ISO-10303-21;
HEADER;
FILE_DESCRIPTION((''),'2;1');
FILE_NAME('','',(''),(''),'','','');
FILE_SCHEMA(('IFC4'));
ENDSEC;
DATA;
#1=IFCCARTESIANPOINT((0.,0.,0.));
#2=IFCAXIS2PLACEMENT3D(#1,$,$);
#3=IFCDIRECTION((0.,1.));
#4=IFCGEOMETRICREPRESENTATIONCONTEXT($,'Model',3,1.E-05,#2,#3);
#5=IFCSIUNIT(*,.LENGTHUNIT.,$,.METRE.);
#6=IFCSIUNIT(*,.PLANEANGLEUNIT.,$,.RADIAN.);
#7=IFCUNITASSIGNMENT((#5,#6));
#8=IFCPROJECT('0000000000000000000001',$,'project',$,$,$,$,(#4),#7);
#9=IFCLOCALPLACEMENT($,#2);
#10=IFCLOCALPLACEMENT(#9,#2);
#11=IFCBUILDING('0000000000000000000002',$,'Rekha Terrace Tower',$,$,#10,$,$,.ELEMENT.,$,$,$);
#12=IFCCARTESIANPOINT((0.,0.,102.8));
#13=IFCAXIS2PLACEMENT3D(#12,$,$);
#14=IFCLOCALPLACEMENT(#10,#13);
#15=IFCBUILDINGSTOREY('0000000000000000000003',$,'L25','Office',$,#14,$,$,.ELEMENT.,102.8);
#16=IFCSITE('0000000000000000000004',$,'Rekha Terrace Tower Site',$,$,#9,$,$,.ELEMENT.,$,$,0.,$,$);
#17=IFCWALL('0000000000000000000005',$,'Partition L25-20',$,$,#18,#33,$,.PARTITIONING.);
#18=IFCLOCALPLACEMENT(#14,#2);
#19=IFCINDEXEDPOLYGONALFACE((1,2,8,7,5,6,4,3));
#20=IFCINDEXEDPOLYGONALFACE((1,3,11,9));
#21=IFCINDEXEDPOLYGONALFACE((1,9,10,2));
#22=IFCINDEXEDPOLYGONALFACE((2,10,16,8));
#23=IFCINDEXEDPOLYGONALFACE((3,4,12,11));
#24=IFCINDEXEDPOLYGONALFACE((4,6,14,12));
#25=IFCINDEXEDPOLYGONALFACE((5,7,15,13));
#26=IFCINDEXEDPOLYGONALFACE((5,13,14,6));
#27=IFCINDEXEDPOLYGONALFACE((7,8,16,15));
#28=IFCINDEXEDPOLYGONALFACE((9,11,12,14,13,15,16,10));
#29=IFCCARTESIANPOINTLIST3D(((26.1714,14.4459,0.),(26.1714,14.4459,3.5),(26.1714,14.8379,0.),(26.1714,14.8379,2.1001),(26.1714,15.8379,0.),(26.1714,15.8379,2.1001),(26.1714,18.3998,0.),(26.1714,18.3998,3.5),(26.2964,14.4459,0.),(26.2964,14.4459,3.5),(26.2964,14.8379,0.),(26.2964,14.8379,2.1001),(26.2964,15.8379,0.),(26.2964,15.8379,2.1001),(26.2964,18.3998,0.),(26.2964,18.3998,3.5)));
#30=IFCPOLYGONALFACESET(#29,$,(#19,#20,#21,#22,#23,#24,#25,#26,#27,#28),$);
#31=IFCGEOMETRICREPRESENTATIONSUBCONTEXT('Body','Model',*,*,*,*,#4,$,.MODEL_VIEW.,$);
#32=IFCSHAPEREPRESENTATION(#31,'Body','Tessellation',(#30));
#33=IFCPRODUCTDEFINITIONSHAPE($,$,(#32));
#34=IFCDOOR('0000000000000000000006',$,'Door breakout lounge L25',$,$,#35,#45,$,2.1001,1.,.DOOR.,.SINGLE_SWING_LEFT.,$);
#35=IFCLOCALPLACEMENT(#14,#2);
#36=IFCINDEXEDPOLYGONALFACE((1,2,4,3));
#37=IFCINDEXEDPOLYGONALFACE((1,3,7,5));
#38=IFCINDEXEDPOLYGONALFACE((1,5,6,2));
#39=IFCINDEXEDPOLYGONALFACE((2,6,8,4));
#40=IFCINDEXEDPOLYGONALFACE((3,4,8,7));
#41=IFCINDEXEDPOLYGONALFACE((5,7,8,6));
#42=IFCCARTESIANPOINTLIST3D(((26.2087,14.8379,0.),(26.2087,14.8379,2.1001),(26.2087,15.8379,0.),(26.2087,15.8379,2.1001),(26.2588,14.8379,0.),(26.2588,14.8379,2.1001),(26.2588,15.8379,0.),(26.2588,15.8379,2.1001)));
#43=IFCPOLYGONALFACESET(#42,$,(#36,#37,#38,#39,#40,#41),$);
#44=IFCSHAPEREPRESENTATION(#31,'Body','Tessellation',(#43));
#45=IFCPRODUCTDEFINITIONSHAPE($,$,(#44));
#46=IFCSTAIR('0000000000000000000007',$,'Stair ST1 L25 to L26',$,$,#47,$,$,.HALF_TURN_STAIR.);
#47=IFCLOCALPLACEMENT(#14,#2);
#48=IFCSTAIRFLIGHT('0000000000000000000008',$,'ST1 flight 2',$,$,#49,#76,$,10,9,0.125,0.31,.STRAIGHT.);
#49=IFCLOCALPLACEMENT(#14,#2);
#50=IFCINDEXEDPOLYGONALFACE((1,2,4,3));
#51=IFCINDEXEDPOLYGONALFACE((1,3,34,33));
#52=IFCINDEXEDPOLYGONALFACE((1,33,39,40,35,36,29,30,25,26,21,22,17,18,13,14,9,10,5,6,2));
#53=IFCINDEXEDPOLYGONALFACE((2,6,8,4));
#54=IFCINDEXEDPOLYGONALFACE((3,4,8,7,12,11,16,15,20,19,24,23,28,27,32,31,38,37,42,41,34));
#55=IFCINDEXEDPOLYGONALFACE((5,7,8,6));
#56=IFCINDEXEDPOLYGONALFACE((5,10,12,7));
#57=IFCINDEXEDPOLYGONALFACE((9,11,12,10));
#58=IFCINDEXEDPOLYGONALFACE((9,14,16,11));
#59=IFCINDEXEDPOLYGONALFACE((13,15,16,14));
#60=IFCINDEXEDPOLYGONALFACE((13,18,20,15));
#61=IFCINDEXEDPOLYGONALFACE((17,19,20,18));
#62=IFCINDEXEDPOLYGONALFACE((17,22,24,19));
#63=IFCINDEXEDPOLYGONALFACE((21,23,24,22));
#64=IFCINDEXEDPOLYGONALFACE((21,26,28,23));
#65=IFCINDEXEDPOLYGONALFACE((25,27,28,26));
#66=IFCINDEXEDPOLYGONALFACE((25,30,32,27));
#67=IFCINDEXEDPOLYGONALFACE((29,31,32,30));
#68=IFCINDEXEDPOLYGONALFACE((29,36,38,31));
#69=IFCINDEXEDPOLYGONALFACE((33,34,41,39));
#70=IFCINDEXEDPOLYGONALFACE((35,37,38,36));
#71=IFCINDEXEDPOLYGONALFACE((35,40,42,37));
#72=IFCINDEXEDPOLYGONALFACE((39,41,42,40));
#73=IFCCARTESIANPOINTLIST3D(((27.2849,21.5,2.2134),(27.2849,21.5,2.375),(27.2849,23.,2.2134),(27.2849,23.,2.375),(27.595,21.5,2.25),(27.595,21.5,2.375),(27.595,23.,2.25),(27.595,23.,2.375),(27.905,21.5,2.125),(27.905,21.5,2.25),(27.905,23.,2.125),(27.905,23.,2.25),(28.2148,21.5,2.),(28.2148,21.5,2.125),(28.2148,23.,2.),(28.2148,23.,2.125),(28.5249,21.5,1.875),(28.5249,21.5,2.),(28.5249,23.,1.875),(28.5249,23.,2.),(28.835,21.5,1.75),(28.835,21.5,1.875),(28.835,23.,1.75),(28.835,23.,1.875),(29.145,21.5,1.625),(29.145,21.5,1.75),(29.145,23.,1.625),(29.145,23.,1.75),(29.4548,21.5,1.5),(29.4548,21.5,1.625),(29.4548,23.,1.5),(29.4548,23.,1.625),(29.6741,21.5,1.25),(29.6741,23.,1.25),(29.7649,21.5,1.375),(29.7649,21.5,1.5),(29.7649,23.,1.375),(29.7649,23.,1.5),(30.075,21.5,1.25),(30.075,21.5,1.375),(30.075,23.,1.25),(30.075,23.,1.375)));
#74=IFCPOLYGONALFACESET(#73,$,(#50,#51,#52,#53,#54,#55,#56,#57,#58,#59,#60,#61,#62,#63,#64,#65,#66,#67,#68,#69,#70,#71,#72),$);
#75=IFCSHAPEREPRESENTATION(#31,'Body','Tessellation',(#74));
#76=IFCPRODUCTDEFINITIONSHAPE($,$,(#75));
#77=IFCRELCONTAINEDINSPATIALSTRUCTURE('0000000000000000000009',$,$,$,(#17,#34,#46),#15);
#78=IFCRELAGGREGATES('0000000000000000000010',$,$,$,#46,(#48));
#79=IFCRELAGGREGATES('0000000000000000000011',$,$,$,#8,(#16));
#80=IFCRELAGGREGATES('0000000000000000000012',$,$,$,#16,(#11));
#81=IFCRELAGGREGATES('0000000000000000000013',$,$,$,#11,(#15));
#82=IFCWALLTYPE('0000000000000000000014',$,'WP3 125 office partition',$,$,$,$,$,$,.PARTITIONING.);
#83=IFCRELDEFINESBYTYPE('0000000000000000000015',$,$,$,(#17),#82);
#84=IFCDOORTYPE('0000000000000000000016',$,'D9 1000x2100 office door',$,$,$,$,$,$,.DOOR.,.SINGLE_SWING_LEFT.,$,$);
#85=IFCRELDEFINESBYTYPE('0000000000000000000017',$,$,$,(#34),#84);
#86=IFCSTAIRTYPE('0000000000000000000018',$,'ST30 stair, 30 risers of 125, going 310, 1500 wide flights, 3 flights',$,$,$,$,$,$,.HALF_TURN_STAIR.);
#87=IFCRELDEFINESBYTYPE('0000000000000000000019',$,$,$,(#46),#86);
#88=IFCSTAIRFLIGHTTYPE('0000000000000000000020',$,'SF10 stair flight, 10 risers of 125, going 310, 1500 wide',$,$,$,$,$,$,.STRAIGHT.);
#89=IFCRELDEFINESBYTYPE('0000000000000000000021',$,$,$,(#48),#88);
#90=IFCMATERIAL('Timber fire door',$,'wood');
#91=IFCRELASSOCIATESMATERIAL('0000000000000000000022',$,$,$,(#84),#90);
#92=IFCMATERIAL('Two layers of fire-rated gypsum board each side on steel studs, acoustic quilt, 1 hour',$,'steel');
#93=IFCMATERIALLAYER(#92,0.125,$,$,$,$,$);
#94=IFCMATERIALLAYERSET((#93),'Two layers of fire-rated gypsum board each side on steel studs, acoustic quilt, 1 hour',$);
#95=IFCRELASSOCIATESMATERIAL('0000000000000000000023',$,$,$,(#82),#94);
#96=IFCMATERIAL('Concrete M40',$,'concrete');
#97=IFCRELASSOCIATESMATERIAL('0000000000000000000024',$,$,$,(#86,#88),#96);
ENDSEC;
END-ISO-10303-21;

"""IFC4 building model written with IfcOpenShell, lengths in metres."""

from ifc_helpers import new_model, si_unit, direction, frame, frame_2d, origin, place, context, subcontext, project, spatial, polyline, rectangle, outline, extrude, material, layer, layer_set, type_object, element, fill, aggregate, save


model = new_model("IFC4")

# Units and contexts
model_context = context("Model", 3, precision=1e-05, world=origin(), true_north=direction((0.0, 1.0)))
body_context = subcontext(model_context, "Body", "Model", "MODEL_VIEW")
ifc_project = project(units=[si_unit("LENGTHUNIT", "METRE"), si_unit("PLANEANGLEUNIT", "RADIAN")], contexts=[model_context])

# Site, building, storey
site_placement = place(None, origin())
site = spatial("IfcSite", under=ifc_project, at=site_placement, Name="Rekha Terrace Tower Site", CompositionType="ELEMENT", RefElevation=0.0)
building_placement = place(site_placement, origin())
building = spatial("IfcBuilding", under=site, at=building_placement, Name="Rekha Terrace Tower", CompositionType="ELEMENT")
storey_placement = place(building_placement, frame((0.0, 0.0, 102.8)))
storey = spatial("IfcBuildingStorey", under=building, at=storey_placement, Name="L25", Description="Office", CompositionType="ELEMENT", Elevation=102.8)

# Wall, opening, door
ifc_material_1 = material(Name="Timber fire door", Category="wood")
door_type_1 = type_object("IfcDoorType", Name="D9 1000x2100 office door", OperationType="SINGLE_SWING_LEFT", PredefinedType="DOOR", material=ifc_material_1)
ifc_material_2 = material(Name="Two layers of fire-rated gypsum board each side on steel studs, acoustic quilt, 1 hour", Category="steel")
ifc_layer_1 = layer(ifc_material_2, 0.125)
ifc_layer_set_1 = layer_set([ifc_layer_1], Name="Two layers of fire-rated gypsum board each side on steel studs, acoustic quilt, 1 hour")
wall_type_1 = type_object("IfcWallType", Name="WP3 125 office partition", PredefinedType="PARTITIONING", material=ifc_layer_set_1)
wall_1_placement = place(storey_placement, frame((26.2339, 18.3999, 0.0), z_axis=(0.0, 0.0, 1.0), x_axis=(0.0, -1.0, 0.0)))
wall_1 = element("IfcWall", 1, at=wall_1_placement, inside=storey, type_object=wall_type_1, Name="Partition L25-20", PredefinedType="PARTITIONING", context=body_context, shape_type="SweptSolid", body=[
    extrude(rectangle(XDim=3.9539, YDim=0.125, at=frame_2d((1.9771, 0.0))), origin(), (0.0, 0.0, 1.0), 3.5),
])
opening_1_placement = place(wall_1_placement, frame((2.562, 0.0, 0.0)))
opening_1 = element("IfcOpeningElement", 2, at=opening_1_placement, cuts=wall_1, PredefinedType="OPENING", context=body_context, shape_type="SweptSolid", body=[
    extrude(rectangle(XDim=1.0, YDim=2.1001, at=frame_2d((0.5, 1.05))), frame((0.0, 0.0725, 0.0), z_axis=(0.0, -1.0, 0.0), x_axis=(1.0, 0.0, 0.0)), (0.0, 0.0, 1.0), 0.145),
])
door_1_placement = place(opening_1_placement, origin())
door_1 = element("IfcDoor", 3, at=door_1_placement, inside=storey, type_object=door_type_1, Name="Door breakout lounge L25", OperationType="SINGLE_SWING_LEFT", OverallHeight=2.1001, OverallWidth=1.0, PredefinedType="DOOR", context=body_context, shape_type="SweptSolid", body=[
    extrude(rectangle(XDim=1.0, YDim=2.1001, at=frame_2d((0.5, 1.05))), frame((0.0, 0.0249, 0.0), z_axis=(0.0, -1.0, 0.0), x_axis=(1.0, 0.0, 0.0)), (0.0, 0.0, 1.0), 0.05),
])
fill(opening_1, door_1)

# Stair, stair flight
ifc_material_3 = material(Name="Concrete M40", Category="concrete")
stair_type = type_object("IfcStairType", Name="ST30 stair, 30 risers of 125, going 310, 1500 wide flights, 3 flights", PredefinedType="HALF_TURN_STAIR", material=ifc_material_3)
stair_placement = place(storey_placement, origin())
stair = element("IfcStair", 4, at=stair_placement, inside=storey, type_object=stair_type, Name="Stair ST1 L25 to L26", PredefinedType="HALF_TURN_STAIR")
stair_flight_type = type_object("IfcStairFlightType", Name="SF10 stair flight, 10 risers of 125, going 310, 1500 wide", PredefinedType="STRAIGHT", material=ifc_material_3)
stair_flight_placement = place(storey_placement, frame((30.075, 22.25, 1.25), z_axis=(0.0, 0.0, 1.0), x_axis=(-1.0, 0.0, 0.0)))
stair_flight = element("IfcStairFlight", 5, at=stair_flight_placement, type_object=stair_flight_type, Name="ST1 flight 2", NumberOfRisers=10, NumberOfTreads=9, PredefinedType="STRAIGHT", RiserHeight=0.125, TreadLength=0.31, context=body_context, shape_type="SweptSolid", body=[
    extrude(outline(polyline([(0.0, 0.0), (0.0, 0.125), (0.3101, 0.125), (0.3101, 0.25), (0.6201, 0.25), (0.6201, 0.375), (0.9299, 0.375), (0.9299, 0.5), (1.24, 0.5), (1.24, 0.625), (1.55, 0.625), (1.55, 0.75), (1.8601, 0.75), (1.8601, 0.875), (2.1699, 0.875), (2.1699, 1.0), (2.48, 1.0), (2.48, 1.125), (2.79, 1.125), (2.79, 1.25), (2.79, 0.9634), (0.4009, 0.0), (0.0, 0.0)])), frame((0.0, 0.75, 0.0), z_axis=(0.0, -1.0, 0.0), x_axis=(1.0, 0.0, 0.0)), (0.0, 0.0, 1.0), 1.5),
])
aggregate(stair, [stair_flight])

save(model, "model.ifc")
